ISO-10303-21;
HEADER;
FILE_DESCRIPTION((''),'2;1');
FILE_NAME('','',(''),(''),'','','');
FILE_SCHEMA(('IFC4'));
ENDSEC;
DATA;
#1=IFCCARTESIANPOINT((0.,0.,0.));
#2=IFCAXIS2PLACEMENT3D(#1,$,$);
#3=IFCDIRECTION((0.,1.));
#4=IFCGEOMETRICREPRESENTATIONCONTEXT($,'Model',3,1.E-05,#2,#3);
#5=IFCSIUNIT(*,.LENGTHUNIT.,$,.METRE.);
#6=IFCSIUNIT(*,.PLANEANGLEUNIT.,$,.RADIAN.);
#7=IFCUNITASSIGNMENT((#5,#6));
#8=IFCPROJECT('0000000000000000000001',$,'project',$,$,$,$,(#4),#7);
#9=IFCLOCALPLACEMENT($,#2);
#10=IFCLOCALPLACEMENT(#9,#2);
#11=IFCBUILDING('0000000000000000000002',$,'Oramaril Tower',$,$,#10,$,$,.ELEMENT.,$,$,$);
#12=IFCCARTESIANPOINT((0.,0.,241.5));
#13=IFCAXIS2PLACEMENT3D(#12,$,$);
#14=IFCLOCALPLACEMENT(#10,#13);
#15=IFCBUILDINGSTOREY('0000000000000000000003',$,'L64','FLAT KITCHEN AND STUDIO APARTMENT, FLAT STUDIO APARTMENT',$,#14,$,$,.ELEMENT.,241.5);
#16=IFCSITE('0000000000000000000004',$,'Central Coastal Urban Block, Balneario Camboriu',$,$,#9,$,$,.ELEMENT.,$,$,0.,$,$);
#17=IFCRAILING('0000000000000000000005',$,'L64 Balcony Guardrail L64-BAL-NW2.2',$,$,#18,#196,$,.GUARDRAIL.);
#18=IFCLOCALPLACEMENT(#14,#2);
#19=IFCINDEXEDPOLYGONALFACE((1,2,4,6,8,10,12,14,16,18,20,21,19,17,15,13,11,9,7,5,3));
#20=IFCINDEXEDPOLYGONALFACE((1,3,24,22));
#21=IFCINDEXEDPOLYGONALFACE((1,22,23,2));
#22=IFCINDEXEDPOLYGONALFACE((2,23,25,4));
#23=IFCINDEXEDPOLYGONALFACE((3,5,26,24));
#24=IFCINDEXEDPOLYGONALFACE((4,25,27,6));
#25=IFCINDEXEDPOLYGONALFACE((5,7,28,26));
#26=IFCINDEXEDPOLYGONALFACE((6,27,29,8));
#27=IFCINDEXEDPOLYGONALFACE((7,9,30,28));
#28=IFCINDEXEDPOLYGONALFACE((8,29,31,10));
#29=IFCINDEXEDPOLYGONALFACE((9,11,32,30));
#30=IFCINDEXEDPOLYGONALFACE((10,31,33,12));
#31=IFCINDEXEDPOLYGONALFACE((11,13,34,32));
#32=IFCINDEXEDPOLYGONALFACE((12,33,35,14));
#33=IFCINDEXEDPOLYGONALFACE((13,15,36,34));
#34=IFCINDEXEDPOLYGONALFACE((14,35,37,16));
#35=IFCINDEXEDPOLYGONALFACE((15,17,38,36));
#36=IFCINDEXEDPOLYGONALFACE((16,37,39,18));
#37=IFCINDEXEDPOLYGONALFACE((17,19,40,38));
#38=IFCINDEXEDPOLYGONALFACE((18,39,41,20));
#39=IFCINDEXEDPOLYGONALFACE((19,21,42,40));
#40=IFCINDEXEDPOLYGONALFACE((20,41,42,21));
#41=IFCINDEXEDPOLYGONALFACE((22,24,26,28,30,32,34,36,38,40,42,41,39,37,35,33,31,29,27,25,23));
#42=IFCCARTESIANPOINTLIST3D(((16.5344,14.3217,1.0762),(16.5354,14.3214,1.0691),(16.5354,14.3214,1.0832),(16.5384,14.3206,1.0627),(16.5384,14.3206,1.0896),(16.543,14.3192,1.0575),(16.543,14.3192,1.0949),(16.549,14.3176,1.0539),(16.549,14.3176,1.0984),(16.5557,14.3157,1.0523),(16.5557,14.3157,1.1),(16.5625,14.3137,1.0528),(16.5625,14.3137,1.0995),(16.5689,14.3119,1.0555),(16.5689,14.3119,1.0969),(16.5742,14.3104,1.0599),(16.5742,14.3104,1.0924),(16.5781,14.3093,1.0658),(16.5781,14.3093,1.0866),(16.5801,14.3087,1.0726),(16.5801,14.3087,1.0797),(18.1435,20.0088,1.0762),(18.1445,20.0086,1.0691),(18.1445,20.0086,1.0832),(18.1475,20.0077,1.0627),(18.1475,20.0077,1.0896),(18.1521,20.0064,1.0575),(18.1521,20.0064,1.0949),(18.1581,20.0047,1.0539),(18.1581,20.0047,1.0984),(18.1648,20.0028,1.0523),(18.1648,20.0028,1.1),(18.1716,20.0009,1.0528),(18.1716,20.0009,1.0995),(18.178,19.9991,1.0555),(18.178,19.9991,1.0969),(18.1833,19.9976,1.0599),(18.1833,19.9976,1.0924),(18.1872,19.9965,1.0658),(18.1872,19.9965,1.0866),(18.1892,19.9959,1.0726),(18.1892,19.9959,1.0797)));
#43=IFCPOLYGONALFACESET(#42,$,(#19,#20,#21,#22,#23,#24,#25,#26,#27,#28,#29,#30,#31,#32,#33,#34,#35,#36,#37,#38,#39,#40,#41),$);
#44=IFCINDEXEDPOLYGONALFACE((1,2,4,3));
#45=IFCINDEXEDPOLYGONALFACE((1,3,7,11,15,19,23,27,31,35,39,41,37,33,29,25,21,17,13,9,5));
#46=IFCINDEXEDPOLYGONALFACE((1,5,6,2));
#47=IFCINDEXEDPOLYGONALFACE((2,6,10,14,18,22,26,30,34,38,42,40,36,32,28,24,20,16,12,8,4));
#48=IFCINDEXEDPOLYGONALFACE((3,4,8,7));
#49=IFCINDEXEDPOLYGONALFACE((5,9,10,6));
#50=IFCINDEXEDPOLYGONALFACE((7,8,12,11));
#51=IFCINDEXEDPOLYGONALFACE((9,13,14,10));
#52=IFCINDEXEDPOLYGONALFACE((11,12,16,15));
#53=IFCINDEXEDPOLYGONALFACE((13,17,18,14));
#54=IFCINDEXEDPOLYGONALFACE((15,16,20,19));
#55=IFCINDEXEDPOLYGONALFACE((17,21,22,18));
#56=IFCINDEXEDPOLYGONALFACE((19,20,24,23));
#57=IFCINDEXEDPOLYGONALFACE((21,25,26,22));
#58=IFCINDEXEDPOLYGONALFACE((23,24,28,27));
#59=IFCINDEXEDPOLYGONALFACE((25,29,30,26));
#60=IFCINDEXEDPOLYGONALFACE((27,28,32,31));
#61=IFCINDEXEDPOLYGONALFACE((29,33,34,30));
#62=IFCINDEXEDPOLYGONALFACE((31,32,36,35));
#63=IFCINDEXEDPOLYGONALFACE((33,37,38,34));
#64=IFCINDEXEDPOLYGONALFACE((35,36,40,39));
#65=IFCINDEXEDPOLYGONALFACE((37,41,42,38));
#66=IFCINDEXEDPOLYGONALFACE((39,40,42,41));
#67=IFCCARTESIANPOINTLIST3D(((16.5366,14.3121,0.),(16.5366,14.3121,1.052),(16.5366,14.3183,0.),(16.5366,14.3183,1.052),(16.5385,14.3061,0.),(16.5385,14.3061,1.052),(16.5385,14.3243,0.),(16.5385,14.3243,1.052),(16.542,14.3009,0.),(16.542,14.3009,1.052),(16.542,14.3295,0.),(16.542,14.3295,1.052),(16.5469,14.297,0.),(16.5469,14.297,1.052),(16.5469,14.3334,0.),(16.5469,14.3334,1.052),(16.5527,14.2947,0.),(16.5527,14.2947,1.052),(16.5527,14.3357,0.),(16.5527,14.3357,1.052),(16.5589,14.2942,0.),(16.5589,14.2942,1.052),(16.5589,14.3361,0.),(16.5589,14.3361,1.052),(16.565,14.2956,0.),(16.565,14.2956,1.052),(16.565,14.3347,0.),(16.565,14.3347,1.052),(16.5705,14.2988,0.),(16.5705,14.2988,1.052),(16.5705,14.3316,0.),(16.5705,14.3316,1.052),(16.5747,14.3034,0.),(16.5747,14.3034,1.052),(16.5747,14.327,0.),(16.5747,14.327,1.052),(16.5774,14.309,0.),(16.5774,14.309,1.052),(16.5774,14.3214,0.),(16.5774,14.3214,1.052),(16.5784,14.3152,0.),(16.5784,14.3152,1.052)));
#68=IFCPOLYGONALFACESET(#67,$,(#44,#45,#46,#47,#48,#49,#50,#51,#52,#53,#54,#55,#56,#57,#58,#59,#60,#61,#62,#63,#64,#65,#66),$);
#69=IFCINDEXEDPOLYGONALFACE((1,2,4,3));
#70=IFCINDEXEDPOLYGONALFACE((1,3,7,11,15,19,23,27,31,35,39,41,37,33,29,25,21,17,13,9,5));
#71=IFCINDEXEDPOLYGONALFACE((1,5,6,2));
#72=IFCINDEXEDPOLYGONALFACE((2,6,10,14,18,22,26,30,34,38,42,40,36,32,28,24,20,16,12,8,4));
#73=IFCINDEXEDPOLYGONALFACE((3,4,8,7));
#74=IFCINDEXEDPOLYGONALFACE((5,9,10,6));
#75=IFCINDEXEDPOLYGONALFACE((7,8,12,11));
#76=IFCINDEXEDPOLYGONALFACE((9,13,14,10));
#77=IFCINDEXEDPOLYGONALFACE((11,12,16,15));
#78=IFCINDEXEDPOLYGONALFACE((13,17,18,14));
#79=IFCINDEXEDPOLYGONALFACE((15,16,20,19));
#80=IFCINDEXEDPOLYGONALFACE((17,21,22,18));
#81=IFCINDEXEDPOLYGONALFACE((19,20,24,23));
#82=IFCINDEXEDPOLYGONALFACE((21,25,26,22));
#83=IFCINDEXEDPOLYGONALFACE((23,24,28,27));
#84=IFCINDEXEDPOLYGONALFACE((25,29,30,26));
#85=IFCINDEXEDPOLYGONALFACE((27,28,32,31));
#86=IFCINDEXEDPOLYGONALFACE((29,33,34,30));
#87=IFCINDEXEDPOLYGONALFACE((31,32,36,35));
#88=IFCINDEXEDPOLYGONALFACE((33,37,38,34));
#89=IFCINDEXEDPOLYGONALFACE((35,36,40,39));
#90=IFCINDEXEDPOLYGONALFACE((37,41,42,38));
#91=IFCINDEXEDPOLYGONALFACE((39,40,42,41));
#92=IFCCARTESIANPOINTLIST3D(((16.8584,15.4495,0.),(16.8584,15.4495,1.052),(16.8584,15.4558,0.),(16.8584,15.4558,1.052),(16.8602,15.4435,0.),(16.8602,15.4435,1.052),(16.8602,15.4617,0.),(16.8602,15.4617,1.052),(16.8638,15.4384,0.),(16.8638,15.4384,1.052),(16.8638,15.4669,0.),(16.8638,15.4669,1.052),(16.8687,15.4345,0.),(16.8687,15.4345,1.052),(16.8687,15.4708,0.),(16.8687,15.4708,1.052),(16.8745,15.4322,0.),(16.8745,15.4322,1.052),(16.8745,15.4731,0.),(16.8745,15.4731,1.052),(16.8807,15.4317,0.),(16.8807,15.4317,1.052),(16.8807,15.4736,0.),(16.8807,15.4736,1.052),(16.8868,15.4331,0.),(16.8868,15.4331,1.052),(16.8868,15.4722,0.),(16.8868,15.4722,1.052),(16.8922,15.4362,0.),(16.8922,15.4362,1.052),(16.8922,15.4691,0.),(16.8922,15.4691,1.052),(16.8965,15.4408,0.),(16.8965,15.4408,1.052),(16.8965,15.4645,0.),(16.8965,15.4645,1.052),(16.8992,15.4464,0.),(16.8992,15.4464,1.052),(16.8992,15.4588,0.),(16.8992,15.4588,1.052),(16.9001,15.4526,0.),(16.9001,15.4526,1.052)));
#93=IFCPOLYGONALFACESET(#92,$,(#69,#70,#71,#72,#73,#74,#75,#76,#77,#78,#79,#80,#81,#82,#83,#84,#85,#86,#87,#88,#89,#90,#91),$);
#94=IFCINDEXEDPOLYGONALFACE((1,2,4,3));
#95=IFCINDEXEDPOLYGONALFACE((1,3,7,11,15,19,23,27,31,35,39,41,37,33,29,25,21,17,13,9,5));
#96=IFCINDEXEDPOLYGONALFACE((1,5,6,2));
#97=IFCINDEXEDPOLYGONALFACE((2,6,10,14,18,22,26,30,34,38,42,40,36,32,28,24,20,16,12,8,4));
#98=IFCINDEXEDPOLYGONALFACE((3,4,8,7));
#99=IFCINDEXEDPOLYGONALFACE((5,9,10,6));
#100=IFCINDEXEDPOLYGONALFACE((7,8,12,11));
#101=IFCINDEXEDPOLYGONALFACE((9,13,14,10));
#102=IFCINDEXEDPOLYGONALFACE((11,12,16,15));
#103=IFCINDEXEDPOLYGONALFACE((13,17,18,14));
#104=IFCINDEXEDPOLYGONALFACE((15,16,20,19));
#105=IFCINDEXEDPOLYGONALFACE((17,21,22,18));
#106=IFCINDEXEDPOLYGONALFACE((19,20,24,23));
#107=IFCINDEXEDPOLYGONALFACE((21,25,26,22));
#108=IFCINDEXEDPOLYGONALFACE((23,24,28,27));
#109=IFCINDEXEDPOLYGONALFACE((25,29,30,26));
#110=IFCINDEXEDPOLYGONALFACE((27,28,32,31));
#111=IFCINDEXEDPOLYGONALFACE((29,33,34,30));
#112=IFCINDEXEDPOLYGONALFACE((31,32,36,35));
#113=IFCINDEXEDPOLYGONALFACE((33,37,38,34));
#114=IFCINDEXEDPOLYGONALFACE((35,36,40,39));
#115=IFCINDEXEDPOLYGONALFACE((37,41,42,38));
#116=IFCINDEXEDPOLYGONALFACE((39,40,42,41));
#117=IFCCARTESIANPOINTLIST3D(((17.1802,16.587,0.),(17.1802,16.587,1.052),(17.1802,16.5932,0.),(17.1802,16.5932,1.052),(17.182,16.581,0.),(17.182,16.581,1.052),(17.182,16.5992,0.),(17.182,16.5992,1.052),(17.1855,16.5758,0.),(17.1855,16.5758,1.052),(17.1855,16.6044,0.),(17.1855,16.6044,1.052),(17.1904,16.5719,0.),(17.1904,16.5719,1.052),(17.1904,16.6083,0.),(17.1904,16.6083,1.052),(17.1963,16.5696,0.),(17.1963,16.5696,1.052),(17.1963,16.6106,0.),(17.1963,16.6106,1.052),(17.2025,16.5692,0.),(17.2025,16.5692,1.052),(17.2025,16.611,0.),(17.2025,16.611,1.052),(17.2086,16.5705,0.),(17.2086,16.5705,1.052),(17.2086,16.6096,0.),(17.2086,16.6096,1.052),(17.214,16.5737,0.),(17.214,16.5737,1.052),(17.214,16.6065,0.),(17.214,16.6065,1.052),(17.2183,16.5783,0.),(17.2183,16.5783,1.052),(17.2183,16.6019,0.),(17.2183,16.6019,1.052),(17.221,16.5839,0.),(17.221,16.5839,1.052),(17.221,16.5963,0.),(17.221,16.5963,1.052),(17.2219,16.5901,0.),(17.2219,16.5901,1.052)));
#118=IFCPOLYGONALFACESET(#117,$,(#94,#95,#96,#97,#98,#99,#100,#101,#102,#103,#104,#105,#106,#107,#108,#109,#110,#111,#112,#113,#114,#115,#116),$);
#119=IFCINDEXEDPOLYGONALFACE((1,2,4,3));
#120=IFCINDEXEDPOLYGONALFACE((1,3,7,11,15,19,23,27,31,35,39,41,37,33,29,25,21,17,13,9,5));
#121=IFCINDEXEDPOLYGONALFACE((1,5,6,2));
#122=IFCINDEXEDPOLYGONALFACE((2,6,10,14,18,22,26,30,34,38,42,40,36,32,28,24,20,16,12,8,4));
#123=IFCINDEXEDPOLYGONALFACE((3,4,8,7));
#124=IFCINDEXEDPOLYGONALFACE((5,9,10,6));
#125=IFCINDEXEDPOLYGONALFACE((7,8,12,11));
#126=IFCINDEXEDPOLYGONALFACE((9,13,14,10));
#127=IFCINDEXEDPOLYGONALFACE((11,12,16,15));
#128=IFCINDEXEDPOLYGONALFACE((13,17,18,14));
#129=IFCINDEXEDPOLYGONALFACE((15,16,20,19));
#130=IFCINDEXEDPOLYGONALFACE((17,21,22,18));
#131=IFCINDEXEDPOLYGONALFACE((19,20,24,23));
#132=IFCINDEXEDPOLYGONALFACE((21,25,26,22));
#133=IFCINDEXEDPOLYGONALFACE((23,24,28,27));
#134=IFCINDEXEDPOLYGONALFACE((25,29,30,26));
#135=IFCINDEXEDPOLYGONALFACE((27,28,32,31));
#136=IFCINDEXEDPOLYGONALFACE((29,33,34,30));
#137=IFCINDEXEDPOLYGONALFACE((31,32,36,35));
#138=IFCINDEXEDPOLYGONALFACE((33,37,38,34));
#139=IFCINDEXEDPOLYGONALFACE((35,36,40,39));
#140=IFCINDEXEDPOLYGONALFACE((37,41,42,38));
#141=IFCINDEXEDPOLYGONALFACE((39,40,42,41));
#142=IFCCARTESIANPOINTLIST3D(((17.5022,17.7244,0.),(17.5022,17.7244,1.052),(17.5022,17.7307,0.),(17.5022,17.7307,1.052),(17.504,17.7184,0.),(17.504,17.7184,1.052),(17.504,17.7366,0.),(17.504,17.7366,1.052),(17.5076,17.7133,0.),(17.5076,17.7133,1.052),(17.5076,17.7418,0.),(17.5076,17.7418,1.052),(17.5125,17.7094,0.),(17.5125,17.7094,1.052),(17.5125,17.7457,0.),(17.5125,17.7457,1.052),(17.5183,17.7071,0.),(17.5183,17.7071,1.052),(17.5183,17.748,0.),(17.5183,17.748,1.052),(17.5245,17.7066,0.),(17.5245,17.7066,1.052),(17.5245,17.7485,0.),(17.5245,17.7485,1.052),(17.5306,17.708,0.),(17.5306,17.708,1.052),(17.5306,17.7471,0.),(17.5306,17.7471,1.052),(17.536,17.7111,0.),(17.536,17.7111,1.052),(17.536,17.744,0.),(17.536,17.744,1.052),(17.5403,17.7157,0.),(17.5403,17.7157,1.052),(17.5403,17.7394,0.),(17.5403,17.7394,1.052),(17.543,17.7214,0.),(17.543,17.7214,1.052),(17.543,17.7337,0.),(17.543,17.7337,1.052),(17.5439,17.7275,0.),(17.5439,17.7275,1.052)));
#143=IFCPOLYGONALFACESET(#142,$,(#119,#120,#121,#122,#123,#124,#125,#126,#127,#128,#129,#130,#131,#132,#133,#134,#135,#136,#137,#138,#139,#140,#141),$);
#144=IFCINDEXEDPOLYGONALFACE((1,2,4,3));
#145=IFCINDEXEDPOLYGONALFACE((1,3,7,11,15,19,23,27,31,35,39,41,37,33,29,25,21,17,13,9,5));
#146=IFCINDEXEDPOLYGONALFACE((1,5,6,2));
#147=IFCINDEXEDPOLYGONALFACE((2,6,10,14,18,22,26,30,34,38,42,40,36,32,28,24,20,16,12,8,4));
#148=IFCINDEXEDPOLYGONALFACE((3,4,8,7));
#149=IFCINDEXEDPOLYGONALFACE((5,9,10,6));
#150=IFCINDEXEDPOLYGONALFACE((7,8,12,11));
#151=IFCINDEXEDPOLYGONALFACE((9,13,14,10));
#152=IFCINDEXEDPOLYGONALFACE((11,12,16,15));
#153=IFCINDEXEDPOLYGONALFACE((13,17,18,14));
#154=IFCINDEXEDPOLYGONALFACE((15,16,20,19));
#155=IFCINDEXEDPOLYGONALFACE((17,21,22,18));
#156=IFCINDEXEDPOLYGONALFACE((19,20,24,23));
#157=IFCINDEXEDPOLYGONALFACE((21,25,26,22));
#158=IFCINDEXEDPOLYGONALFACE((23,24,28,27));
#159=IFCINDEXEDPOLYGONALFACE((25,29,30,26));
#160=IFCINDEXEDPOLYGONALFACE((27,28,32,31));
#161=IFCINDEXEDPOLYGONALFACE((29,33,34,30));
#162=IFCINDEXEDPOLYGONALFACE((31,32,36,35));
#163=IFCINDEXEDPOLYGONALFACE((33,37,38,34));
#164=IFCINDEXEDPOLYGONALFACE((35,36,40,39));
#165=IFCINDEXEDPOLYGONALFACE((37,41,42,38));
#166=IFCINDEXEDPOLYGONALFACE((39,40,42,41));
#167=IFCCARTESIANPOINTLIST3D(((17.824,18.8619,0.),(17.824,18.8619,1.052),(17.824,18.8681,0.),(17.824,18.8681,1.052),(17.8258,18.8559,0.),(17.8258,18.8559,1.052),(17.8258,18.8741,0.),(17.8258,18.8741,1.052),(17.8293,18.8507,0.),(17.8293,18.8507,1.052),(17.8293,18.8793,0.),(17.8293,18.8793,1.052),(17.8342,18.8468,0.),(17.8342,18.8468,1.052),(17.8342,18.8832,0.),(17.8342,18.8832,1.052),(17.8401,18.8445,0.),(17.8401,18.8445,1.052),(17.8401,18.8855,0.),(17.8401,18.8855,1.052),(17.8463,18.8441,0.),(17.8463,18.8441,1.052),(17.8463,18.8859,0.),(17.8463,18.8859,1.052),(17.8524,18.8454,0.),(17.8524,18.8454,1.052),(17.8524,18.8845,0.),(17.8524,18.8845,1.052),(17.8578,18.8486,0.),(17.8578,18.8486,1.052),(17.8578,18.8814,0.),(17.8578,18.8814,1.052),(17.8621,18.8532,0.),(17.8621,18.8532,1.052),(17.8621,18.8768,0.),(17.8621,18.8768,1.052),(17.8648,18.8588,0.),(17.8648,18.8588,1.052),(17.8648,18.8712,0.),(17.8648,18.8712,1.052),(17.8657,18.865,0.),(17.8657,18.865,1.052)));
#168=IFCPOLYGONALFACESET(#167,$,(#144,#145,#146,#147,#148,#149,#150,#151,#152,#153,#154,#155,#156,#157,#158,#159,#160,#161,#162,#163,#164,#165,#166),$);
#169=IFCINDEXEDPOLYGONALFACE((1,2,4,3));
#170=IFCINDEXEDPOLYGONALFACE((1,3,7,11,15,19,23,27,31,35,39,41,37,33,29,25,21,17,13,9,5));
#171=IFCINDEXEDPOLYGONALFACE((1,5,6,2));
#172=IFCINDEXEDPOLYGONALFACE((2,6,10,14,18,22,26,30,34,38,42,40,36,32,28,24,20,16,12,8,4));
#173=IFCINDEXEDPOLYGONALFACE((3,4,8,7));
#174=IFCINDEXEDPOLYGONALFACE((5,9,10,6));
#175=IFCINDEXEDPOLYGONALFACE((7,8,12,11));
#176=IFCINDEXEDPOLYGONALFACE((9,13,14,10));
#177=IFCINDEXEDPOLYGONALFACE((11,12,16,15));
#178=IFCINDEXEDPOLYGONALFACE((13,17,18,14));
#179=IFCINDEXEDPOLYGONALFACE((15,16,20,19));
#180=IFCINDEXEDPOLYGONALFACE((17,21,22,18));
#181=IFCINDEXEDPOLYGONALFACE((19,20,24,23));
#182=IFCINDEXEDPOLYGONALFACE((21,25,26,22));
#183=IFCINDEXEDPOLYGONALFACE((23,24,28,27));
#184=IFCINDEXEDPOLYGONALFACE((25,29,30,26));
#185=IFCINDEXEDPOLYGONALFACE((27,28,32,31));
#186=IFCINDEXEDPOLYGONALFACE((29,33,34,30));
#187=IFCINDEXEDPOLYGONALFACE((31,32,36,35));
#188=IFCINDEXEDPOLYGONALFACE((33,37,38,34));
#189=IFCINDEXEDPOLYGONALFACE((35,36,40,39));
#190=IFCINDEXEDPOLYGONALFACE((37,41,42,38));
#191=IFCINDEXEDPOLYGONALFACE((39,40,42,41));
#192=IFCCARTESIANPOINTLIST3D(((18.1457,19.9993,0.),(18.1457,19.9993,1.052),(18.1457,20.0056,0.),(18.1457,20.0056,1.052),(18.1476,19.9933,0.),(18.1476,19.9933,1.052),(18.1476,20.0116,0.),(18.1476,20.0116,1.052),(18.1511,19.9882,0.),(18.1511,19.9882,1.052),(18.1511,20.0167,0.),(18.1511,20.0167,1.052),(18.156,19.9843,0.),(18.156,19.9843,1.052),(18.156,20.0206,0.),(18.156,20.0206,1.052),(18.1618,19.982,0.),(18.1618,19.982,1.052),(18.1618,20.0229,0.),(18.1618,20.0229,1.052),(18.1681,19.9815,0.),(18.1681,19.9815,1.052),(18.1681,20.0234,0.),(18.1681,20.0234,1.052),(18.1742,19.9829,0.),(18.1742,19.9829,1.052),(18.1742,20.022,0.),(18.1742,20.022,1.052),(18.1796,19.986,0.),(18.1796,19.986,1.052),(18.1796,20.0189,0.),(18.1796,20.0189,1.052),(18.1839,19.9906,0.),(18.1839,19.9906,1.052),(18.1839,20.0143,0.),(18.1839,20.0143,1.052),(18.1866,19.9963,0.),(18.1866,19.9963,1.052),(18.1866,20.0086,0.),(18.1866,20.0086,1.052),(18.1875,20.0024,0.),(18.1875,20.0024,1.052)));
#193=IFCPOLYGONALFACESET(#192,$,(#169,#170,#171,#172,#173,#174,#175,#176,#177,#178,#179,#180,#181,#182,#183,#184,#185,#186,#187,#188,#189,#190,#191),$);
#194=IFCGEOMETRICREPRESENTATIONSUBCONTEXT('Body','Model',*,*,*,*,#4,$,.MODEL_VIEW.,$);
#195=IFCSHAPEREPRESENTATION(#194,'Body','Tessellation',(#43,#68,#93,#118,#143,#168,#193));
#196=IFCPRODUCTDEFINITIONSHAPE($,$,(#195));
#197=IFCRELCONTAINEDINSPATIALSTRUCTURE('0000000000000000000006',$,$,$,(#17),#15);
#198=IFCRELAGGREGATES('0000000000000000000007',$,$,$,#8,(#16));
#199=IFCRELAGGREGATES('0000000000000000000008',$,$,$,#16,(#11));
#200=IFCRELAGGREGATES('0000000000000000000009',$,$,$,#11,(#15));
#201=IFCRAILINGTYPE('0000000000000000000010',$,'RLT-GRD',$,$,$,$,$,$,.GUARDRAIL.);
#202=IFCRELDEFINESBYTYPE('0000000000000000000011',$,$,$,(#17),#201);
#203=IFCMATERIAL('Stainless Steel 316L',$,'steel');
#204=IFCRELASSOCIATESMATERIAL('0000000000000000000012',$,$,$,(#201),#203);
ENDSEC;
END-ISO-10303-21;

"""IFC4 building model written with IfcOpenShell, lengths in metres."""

from ifc_helpers import new_model, si_unit, direction, frame, origin, origin_2d, place, context, subcontext, project, spatial, circle, extrude, material, type_object, element, save


model = new_model("IFC4")

# Units and contexts
model_context = context("Model", 3, precision=1e-05, world=origin(), true_north=direction((0.0, 1.0)))
body_context = subcontext(model_context, "Body", "Model", "MODEL_VIEW")
ifc_project = project(units=[si_unit("LENGTHUNIT", "METRE"), si_unit("PLANEANGLEUNIT", "RADIAN")], contexts=[model_context])

# Site, building, storey
site_placement = place(None, origin())
site = spatial("IfcSite", under=ifc_project, at=site_placement, Name="Central Coastal Urban Block, Balneario Camboriu", CompositionType="ELEMENT", RefElevation=0.0)
building_placement = place(site_placement, origin())
building = spatial("IfcBuilding", under=site, at=building_placement, Name="Oramaril Tower", CompositionType="ELEMENT")
storey_placement = place(building_placement, frame((0.0, 0.0, 241.5)))
storey = spatial("IfcBuildingStorey", under=building, at=storey_placement, Name="L64", Description="FLAT KITCHEN AND STUDIO APARTMENT, FLAT STUDIO APARTMENT", CompositionType="ELEMENT", Elevation=241.5)

# Railing
ifc_material_1 = material(Name="Stainless Steel 316L", Category="steel")
railing_type_1 = type_object("IfcRailingType", Name="RLT-GRD", PredefinedType="GUARDRAIL", material=ifc_material_1)
railing_1_placement = place(storey_placement, frame((16.5574, 14.3152, 0.0)))
element("IfcRailing", 1, at=railing_1_placement, inside=storey, type_object=railing_type_1, Name="L64 Balcony Guardrail L64-BAL-NW2.2", PredefinedType="GUARDRAIL", context=body_context, shape_type="SweptSolid", body=[
    extrude(circle(Radius=0.0239, at=origin_2d()), frame((0.0, 0.0, 1.0762), z_axis=(0.272249, 0.962227, 0.0), x_axis=(-0.962227, 0.272249, 0.0)), (0.0, 0.0, 1.0), 5.9104),
    extrude(circle(Radius=0.021, at=origin_2d()), origin(), (0.0, 0.0, 1.0), 1.052),
    extrude(circle(Radius=0.021, at=origin_2d()), frame((0.3218, 1.1375, 0.0)), (0.0, 0.0, 1.0), 1.052),
    extrude(circle(Radius=0.021, at=origin_2d()), frame((0.6436, 2.2749, 0.0)), (0.0, 0.0, 1.0), 1.052),
    extrude(circle(Radius=0.021, at=origin_2d()), frame((0.9656, 3.4124, 0.0)), (0.0, 0.0, 1.0), 1.052),
    extrude(circle(Radius=0.021, at=origin_2d()), frame((1.2874, 4.5498, 0.0)), (0.0, 0.0, 1.0), 1.052),
    extrude(circle(Radius=0.021, at=origin_2d()), frame((1.6091, 5.6873, 0.0)), (0.0, 0.0, 1.0), 1.052),
])

save(model, "model.ifc")
